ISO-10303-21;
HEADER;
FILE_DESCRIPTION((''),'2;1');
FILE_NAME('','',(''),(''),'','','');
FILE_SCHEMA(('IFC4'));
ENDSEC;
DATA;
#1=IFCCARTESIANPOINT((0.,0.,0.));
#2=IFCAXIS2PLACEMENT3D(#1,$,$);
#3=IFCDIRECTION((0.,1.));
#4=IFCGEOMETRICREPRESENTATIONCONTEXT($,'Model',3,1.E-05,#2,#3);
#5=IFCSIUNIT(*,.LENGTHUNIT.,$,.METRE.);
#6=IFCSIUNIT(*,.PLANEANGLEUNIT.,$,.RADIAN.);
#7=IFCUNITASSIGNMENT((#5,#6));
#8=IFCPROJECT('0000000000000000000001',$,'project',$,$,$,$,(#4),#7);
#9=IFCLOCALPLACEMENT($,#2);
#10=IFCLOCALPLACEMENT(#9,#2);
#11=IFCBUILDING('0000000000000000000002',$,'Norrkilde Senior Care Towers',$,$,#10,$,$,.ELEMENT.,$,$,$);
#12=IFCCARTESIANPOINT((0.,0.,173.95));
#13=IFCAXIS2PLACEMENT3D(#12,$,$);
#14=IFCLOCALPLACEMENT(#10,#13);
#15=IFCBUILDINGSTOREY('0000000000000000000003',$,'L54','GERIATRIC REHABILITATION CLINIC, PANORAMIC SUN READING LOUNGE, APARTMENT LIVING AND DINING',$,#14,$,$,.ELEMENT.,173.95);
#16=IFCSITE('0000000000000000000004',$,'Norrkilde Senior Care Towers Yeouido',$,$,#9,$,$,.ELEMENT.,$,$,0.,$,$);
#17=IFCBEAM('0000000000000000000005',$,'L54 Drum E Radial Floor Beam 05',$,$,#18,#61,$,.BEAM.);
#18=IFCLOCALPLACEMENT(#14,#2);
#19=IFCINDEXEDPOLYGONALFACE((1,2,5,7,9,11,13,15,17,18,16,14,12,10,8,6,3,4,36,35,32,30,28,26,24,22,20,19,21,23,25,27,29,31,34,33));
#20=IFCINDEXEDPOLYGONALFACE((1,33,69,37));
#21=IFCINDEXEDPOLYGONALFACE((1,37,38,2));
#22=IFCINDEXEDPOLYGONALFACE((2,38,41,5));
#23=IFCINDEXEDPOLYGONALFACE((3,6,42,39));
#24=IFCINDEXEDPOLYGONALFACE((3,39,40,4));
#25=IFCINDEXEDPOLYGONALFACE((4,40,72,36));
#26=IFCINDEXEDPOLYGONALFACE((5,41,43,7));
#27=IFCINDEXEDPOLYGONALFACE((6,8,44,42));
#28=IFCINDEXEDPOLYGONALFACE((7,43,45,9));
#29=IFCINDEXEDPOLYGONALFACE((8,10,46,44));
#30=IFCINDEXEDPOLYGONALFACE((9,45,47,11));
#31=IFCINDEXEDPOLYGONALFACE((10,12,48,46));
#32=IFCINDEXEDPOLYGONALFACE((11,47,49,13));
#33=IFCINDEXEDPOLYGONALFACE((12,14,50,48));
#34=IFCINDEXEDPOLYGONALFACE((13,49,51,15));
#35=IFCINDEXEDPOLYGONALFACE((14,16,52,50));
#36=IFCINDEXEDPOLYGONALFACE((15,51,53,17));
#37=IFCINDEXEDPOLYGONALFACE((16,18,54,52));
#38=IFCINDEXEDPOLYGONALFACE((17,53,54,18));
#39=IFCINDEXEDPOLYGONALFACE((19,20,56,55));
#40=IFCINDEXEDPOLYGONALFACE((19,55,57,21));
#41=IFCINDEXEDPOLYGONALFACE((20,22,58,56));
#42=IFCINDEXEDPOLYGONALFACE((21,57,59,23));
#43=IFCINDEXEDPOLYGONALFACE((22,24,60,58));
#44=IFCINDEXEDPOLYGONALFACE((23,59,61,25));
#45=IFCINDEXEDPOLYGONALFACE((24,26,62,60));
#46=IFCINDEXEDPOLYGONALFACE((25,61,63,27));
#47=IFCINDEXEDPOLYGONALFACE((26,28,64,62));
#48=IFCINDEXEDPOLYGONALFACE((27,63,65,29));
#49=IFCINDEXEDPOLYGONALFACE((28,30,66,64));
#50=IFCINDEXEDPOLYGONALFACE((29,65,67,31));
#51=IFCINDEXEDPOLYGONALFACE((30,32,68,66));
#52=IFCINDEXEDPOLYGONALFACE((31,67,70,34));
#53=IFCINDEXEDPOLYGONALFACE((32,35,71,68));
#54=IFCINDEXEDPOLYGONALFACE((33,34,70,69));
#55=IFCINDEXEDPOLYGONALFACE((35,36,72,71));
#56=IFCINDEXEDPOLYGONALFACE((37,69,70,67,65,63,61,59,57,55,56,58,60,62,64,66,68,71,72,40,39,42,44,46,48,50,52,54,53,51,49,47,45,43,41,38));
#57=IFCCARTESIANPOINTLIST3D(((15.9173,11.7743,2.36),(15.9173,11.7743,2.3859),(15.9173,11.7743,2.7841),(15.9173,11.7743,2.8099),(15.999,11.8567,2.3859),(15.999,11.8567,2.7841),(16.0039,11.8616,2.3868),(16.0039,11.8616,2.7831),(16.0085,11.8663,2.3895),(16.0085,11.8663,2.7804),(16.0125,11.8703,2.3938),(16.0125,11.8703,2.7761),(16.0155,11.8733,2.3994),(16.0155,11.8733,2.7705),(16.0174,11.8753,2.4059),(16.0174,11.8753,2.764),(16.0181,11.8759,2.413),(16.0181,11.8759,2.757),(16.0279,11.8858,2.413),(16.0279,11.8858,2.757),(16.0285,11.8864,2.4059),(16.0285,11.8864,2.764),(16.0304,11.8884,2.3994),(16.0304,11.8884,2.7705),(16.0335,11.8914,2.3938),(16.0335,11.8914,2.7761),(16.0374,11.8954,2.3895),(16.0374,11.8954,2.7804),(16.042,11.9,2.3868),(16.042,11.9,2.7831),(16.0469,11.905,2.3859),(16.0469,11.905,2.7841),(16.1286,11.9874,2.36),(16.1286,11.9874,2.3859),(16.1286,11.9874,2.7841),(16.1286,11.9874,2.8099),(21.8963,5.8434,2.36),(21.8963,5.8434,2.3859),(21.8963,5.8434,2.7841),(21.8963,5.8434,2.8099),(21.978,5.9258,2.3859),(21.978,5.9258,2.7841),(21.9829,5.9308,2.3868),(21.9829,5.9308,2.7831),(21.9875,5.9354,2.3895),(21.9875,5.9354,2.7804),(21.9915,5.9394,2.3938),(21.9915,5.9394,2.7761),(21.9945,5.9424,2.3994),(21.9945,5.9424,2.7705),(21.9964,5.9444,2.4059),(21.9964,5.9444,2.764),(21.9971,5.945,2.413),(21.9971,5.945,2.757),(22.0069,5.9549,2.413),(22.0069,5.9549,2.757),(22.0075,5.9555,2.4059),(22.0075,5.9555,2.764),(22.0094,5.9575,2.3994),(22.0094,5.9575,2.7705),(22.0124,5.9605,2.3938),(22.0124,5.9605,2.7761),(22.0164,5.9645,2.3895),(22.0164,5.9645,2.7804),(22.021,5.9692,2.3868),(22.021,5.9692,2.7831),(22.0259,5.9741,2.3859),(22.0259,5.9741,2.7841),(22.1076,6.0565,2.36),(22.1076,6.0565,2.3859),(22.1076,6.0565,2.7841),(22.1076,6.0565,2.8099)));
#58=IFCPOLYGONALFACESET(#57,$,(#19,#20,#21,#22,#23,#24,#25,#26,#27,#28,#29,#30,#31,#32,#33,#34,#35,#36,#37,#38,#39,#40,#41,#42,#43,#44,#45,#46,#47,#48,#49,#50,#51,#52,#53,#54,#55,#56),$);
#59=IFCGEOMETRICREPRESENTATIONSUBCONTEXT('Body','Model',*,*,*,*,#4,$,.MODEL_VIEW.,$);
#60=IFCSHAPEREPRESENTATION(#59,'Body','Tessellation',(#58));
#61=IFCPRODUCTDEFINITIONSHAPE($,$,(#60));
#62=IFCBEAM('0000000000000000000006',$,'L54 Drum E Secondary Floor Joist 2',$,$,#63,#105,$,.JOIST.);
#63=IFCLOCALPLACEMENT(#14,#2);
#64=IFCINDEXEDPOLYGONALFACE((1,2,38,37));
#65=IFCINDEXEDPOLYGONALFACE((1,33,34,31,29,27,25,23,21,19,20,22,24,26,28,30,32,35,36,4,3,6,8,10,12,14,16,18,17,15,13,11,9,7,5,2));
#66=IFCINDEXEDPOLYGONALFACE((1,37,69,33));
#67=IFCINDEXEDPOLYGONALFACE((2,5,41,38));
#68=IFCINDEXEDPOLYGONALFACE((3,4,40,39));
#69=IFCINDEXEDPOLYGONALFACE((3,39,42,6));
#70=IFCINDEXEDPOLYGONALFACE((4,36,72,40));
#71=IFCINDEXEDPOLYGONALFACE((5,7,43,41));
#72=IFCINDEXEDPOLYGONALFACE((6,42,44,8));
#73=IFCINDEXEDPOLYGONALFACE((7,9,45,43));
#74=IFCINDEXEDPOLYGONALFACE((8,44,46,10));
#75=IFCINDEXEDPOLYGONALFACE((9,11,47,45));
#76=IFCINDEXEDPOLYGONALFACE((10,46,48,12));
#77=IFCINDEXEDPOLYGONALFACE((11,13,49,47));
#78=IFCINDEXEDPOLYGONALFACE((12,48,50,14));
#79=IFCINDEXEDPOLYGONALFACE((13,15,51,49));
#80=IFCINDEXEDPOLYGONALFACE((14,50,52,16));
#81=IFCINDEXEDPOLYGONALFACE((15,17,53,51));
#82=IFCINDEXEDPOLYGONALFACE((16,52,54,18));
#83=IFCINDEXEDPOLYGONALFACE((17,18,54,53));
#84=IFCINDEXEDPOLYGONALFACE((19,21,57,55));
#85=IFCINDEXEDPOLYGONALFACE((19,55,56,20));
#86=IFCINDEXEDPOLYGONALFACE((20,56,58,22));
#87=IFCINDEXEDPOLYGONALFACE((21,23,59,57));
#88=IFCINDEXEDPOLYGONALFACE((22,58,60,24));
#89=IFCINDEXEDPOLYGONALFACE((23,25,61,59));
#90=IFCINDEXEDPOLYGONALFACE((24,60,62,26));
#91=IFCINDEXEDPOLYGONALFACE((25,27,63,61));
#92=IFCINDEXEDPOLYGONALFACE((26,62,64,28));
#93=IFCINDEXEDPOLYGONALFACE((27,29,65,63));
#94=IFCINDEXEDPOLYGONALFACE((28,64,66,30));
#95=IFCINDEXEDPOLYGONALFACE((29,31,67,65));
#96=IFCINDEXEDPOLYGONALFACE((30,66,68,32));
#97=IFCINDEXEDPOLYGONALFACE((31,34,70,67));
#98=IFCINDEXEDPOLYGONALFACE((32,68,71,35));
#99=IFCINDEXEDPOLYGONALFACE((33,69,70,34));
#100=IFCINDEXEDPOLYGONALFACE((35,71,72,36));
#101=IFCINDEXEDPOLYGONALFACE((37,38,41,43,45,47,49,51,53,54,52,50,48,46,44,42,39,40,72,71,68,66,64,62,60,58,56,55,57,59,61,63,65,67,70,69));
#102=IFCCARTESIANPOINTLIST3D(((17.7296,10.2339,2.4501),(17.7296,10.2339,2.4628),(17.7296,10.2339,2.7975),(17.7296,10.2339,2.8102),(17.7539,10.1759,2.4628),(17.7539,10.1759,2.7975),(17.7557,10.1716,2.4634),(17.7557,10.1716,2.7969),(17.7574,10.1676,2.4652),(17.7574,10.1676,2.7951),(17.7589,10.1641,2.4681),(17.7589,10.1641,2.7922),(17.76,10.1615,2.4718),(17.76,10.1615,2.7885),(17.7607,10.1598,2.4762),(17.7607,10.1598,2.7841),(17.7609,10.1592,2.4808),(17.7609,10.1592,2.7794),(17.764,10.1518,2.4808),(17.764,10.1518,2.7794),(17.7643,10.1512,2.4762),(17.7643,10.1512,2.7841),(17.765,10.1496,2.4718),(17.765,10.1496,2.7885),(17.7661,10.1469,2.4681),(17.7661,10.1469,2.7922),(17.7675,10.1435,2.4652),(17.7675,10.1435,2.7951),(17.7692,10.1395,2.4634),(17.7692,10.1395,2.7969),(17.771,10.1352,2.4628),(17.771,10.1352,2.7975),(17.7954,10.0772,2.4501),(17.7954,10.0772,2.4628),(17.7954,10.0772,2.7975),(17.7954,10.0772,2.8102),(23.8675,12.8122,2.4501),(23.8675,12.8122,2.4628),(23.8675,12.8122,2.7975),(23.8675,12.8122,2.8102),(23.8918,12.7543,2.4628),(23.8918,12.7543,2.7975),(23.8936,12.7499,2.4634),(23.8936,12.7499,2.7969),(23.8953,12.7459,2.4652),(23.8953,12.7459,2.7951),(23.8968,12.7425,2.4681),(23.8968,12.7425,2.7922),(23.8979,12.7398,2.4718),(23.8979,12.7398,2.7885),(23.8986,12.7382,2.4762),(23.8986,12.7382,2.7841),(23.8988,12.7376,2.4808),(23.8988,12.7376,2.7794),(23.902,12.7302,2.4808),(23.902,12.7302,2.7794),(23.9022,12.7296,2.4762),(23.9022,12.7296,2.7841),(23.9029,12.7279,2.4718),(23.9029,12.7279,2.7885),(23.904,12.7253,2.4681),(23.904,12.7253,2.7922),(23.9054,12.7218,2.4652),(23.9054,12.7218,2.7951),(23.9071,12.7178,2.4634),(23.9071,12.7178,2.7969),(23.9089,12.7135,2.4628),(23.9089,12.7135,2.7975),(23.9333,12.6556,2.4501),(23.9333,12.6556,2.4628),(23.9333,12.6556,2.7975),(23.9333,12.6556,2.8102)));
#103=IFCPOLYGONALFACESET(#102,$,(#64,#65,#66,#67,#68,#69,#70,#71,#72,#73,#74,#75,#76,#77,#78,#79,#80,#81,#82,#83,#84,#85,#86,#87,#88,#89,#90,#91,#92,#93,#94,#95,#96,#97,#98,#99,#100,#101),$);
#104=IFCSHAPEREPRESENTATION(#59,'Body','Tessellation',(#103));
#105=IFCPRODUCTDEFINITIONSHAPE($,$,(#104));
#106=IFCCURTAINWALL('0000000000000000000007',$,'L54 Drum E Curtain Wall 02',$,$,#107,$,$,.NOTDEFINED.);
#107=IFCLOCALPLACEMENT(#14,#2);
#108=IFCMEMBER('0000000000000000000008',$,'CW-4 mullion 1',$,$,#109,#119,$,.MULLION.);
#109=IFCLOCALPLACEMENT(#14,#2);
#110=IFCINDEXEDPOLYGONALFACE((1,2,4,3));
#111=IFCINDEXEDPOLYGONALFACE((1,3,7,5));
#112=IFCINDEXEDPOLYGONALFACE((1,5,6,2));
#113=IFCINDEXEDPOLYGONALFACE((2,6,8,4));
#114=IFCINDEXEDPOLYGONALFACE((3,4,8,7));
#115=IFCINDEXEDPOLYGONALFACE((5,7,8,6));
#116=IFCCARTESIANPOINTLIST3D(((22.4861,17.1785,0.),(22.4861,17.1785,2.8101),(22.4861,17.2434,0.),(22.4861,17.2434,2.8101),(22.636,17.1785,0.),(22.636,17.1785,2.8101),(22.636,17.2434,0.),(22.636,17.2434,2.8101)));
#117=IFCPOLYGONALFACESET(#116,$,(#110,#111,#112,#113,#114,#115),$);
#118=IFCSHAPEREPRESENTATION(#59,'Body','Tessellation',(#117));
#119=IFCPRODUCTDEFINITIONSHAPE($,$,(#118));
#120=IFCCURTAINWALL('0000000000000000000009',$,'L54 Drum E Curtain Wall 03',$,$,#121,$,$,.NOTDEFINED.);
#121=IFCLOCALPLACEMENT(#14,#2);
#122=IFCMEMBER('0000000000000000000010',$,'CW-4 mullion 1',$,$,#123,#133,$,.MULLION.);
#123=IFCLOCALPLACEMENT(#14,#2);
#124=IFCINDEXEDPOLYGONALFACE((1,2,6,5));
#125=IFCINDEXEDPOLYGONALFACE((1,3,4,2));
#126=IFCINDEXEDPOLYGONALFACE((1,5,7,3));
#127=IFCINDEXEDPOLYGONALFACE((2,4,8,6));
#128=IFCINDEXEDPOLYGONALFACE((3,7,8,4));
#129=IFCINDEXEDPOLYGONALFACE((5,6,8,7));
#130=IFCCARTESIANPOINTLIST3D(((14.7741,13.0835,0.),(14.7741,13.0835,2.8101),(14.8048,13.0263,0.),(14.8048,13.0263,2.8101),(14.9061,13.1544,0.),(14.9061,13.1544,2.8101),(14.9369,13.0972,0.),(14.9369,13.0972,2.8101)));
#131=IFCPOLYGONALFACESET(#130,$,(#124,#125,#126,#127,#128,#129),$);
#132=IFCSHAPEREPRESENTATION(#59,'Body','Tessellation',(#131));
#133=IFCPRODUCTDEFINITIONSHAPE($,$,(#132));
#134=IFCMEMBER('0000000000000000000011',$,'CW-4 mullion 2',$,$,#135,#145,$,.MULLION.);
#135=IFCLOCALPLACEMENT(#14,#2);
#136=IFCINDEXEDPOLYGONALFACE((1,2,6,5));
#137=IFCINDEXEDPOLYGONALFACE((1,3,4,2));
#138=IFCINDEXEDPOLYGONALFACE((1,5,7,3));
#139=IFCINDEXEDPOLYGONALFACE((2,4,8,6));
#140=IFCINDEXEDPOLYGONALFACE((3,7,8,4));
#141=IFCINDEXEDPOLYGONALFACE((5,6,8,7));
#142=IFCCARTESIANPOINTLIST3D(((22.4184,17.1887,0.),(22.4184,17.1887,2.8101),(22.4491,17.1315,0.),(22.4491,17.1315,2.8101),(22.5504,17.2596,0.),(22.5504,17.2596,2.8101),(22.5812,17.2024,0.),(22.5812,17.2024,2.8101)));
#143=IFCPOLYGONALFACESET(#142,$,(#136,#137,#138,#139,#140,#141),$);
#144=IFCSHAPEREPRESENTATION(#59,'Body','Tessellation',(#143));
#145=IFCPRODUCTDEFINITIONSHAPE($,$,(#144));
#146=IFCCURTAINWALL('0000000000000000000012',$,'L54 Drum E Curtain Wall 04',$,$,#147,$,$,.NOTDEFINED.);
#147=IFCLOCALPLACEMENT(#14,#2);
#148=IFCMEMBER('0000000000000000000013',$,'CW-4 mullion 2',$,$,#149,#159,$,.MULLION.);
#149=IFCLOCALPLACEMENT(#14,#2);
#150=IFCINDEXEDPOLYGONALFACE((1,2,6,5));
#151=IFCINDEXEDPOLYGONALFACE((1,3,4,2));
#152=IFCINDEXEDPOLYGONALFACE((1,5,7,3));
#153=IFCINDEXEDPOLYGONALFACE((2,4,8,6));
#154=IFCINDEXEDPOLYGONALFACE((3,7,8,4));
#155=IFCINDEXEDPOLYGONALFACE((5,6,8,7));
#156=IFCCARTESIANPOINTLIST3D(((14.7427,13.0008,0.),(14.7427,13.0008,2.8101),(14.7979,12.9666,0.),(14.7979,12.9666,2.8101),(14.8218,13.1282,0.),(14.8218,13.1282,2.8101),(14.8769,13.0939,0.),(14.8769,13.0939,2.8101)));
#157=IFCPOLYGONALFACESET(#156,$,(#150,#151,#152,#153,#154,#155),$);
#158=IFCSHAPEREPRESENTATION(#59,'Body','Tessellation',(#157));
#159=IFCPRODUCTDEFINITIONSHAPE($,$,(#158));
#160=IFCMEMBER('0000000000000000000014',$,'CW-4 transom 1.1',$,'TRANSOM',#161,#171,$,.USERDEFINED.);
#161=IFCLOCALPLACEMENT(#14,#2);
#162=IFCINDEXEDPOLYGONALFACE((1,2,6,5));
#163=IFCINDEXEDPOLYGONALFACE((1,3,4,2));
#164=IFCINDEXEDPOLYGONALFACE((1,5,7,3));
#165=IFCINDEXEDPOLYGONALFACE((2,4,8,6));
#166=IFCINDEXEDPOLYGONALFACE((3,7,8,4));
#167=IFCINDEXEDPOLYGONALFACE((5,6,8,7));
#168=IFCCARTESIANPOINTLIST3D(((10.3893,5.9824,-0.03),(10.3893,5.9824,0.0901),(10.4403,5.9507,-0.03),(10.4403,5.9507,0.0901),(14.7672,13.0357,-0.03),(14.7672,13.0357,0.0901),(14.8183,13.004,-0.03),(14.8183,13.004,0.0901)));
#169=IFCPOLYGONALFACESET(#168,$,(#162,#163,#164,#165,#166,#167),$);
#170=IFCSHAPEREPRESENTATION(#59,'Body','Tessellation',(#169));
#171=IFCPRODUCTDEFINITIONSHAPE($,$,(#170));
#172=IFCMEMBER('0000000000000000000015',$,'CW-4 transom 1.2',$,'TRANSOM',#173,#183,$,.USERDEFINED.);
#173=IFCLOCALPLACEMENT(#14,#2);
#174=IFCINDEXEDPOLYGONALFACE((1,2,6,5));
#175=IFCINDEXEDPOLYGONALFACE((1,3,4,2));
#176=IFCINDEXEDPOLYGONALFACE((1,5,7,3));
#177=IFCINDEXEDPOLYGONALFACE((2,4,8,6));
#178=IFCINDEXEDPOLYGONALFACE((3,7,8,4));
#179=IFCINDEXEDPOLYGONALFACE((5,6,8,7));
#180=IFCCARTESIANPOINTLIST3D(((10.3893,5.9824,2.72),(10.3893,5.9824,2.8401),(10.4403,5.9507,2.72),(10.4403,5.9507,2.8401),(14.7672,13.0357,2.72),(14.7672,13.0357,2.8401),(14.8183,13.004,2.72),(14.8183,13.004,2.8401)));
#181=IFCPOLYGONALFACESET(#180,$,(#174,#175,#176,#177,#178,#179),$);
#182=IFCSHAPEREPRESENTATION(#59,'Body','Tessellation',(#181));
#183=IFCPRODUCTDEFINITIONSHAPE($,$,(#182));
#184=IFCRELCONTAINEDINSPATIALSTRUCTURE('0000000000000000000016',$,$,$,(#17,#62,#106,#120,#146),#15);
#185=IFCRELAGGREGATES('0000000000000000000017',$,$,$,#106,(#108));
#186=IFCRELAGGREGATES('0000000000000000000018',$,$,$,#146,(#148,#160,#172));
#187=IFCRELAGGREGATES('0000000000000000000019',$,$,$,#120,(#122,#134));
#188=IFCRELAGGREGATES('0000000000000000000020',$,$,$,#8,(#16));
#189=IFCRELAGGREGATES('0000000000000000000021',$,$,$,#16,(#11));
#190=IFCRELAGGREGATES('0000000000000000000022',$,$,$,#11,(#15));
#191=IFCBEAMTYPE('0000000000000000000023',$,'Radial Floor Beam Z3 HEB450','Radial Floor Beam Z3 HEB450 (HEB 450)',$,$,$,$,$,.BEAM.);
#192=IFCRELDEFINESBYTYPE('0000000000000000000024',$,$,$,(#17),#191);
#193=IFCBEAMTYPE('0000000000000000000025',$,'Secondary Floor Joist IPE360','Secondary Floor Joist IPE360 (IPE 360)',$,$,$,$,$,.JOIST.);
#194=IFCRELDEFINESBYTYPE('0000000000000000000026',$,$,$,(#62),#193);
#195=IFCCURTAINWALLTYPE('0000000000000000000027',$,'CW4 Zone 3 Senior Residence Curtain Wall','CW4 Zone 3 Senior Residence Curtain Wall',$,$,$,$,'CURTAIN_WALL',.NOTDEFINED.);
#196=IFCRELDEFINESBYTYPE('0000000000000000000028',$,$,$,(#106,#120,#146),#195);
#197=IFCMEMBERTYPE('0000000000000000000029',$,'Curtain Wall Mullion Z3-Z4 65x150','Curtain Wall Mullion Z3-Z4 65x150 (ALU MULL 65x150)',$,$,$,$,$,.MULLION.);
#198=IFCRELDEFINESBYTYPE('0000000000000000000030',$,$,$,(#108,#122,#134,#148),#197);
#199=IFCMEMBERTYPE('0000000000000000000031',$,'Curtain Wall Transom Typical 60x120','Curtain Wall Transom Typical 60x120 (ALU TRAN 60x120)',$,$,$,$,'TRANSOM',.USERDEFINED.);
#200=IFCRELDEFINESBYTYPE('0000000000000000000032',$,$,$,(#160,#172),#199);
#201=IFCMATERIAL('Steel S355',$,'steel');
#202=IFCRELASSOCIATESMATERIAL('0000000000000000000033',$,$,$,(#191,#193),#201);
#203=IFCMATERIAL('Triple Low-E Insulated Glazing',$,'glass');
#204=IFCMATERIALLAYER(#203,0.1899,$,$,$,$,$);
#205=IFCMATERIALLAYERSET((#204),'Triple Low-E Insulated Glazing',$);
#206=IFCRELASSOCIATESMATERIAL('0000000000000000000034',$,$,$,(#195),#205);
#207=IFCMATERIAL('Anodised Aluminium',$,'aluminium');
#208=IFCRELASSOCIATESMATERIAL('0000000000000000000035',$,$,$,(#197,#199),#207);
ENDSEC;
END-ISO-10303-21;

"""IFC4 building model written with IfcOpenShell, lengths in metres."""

from ifc_helpers import new_model, si_unit, direction, frame, origin, origin_2d, place, context, subcontext, project, spatial, rectangle, i_section, extrude, source, transform, mapped, material, layer, layer_set, material_profile, profile_set, type_object, type_shapes, element, aggregate, save


model = new_model("IFC4")

# Units and contexts
model_context = context("Model", 3, precision=1e-05, world=origin(), true_north=direction((0.0, 1.0)))
body_context = subcontext(model_context, "Body", "Model", "MODEL_VIEW")
ifc_project = project(units=[si_unit("LENGTHUNIT", "METRE"), si_unit("PLANEANGLEUNIT", "RADIAN")], contexts=[model_context])

# Site, building, storey
site_placement = place(None, origin())
site = spatial("IfcSite", under=ifc_project, at=site_placement, Name="Norrkilde Senior Care Towers Yeouido", CompositionType="ELEMENT", RefElevation=0.0)
building_placement = place(site_placement, origin())
building = spatial("IfcBuilding", under=site, at=building_placement, Name="Norrkilde Senior Care Towers", CompositionType="ELEMENT")
storey_placement = place(building_placement, frame((0.0, 0.0, 173.95)))
storey = spatial("IfcBuildingStorey", under=building, at=storey_placement, Name="L54", Description="GERIATRIC REHABILITATION CLINIC, PANORAMIC SUN READING LOUNGE, APARTMENT LIVING AND DINING", CompositionType="ELEMENT", Elevation=173.95)

# Beams
ifc_material_1 = material(Name="Steel S355", Category="steel")
ifc_material_profile_1 = material_profile(ifc_material_1, i_section(OverallWidth=0.3, OverallDepth=0.45, WebThickness=0.0139, FlangeThickness=0.0259, FilletRadius=0.0271, at=origin_2d()), Name="HEB 450")
ifc_profile_set_1 = profile_set([ifc_material_profile_1], Name="Steel S355")
beam_type_1 = type_object("IfcBeamType", Name="Radial Floor Beam Z3 HEB450", Description="Radial Floor Beam Z3 HEB450 (HEB 450)", PredefinedType="BEAM", material=ifc_profile_set_1)
shared_shape_1 = source(origin(), body_context, "Body", "SweptSolid", [
    extrude(i_section(OverallWidth=0.3, OverallDepth=0.45, WebThickness=0.0139, FlangeThickness=0.0259, FilletRadius=0.0271, at=origin_2d()), origin(), (0.0, 0.0, 1.0), 8.4216),
])
type_shapes(beam_type_1, [shared_shape_1])
beam_1_placement = place(storey_placement, frame((22.002, 5.95, 2.585), z_axis=(-0.709956, 0.704246, 0.0), x_axis=(-0.704246, -0.709956, 0.0)))
element("IfcBeam", 1, at=beam_1_placement, inside=storey, type_object=beam_type_1, Name="L54 Drum E Radial Floor Beam 05", PredefinedType="BEAM", context=body_context, shape_type="MappedRepresentation", body=[
    mapped(shared_shape_1, transform((0.0, 0.0, 0.0), x_axis=(1.0, 0.0, 0.0), y_axis=(0.0, 1.0, 0.0), z_axis=(0.0, 0.0, 1.0), scale=1.0)),
])
ifc_material_profile_2 = material_profile(ifc_material_1, i_section(OverallWidth=0.1699, OverallDepth=0.3601, WebThickness=0.0081, FlangeThickness=0.0127, FilletRadius=0.0181, at=origin_2d()), Name="IPE 360")
ifc_profile_set_2 = profile_set([ifc_material_profile_2], Name="Steel S355")
beam_type_2 = type_object("IfcBeamType", Name="Secondary Floor Joist IPE360", Description="Secondary Floor Joist IPE360 (IPE 360)", PredefinedType="JOIST", material=ifc_profile_set_2)
shared_shape_2 = source(origin(), body_context, "Body", "SweptSolid", [
    extrude(i_section(OverallWidth=0.1699, OverallDepth=0.3601, WebThickness=0.0081, FlangeThickness=0.0127, FilletRadius=0.0181, at=origin_2d()), origin(), (0.0, 0.0, 1.0), 6.6575),
])
type_shapes(beam_type_2, [shared_shape_2])
beam_2_placement = place(storey_placement, frame((23.9004, 12.7339, 2.6301), z_axis=(-0.921959, -0.387288, 0.0), x_axis=(0.387288, -0.921959, 0.0)))
element("IfcBeam", 2, at=beam_2_placement, inside=storey, type_object=beam_type_2, Name="L54 Drum E Secondary Floor Joist 2", PredefinedType="JOIST", context=body_context, shape_type="MappedRepresentation", body=[
    mapped(shared_shape_2, transform((0.0, 0.0, 0.0), x_axis=(1.0, 0.0, 0.0), y_axis=(0.0, 1.0, 0.0), z_axis=(0.0, 0.0, 1.0), scale=1.0)),
])

# Curtain wall, member
ifc_material_2 = material(Name="Triple Low-E Insulated Glazing", Category="glass")
ifc_layer_1 = layer(ifc_material_2, 0.1899)
ifc_layer_set_1 = layer_set([ifc_layer_1], Name="Triple Low-E Insulated Glazing")
curtain_wall_type = type_object("IfcCurtainWallType", Name="CW4 Zone 3 Senior Residence Curtain Wall", Description="CW4 Zone 3 Senior Residence Curtain Wall", ElementType="CURTAIN_WALL", PredefinedType="NOTDEFINED", material=ifc_layer_set_1)
curtain_wall_1_placement = place(storey_placement, origin())
curtain_wall_1 = element("IfcCurtainWall", 3, at=curtain_wall_1_placement, inside=storey, type_object=curtain_wall_type, Name="L54 Drum E Curtain Wall 02", PredefinedType="NOTDEFINED")
ifc_material_3 = material(Name="Anodised Aluminium", Category="aluminium")
ifc_material_profile_3 = material_profile(ifc_material_3, rectangle(XDim=0.0649, YDim=0.1499, at=origin_2d()), Name="ALU MULL 65x150")
ifc_profile_set_3 = profile_set([ifc_material_profile_3], Name="Anodised Aluminium")
member_type_1 = type_object("IfcMemberType", Name="Curtain Wall Mullion Z3-Z4 65x150", Description="Curtain Wall Mullion Z3-Z4 65x150 (ALU MULL 65x150)", PredefinedType="MULLION", material=ifc_profile_set_3)
shared_shape_3 = source(origin(), body_context, "Body", "SweptSolid", [
    extrude(rectangle(XDim=0.0649, YDim=0.1499, at=origin_2d()), origin(), (0.0, 0.0, 1.0), 2.8101),
])
type_shapes(member_type_1, [shared_shape_3])
member_1_placement = place(storey_placement, frame((22.561, 17.2109, 0.0), z_axis=(0.0, 0.0, 1.0), x_axis=(0.0, 1.0, 0.0)))
member_1 = element("IfcMember", 4, at=member_1_placement, type_object=member_type_1, Name="CW-4 mullion 1", PredefinedType="MULLION", context=body_context, shape_type="MappedRepresentation", body=[
    mapped(shared_shape_3, transform((0.0, 0.0, 0.0), x_axis=(1.0, 0.0, 0.0), y_axis=(0.0, 1.0, 0.0), z_axis=(0.0, 0.0, 1.0), scale=1.0)),
])

# Curtain walls, members
curtain_wall_2_placement = place(storey_placement, origin())
curtain_wall_2 = element("IfcCurtainWall", 5, at=curtain_wall_2_placement, inside=storey, type_object=curtain_wall_type, Name="L54 Drum E Curtain Wall 03", PredefinedType="NOTDEFINED")
member_2_placement = place(storey_placement, frame((14.8555, 13.0903, 0.0), z_axis=(0.0, 0.0, 1.0), x_axis=(-0.473117, 0.881, 0.0)))
member_2 = element("IfcMember", 6, at=member_2_placement, type_object=member_type_1, Name="CW-4 mullion 1", PredefinedType="MULLION", context=body_context, shape_type="MappedRepresentation", body=[
    mapped(shared_shape_3, transform((0.0, 0.0, 0.0), x_axis=(1.0, 0.0, 0.0), y_axis=(0.0, 1.0, 0.0), z_axis=(0.0, 0.0, 1.0), scale=1.0)),
])
member_3_placement = place(storey_placement, frame((22.4998, 17.1956, 0.0), z_axis=(0.0, 0.0, 1.0), x_axis=(-0.473117, 0.881, 0.0)))
member_3 = element("IfcMember", 7, at=member_3_placement, type_object=member_type_1, Name="CW-4 mullion 2", PredefinedType="MULLION", context=body_context, shape_type="MappedRepresentation", body=[
    mapped(shared_shape_3, transform((0.0, 0.0, 0.0), x_axis=(1.0, 0.0, 0.0), y_axis=(0.0, 1.0, 0.0), z_axis=(0.0, 0.0, 1.0), scale=1.0)),
])
curtain_wall_3_placement = place(storey_placement, origin())
curtain_wall_3 = element("IfcCurtainWall", 8, at=curtain_wall_3_placement, inside=storey, type_object=curtain_wall_type, Name="L54 Drum E Curtain Wall 04", PredefinedType="NOTDEFINED")
member_4_placement = place(storey_placement, frame((14.8098, 13.0474, 0.0), z_axis=(0.0, 0.0, 1.0), x_axis=(-0.849634, 0.527373, 0.0)))
member_4 = element("IfcMember", 9, at=member_4_placement, type_object=member_type_1, Name="CW-4 mullion 2", PredefinedType="MULLION", context=body_context, shape_type="MappedRepresentation", body=[
    mapped(shared_shape_3, transform((0.0, 0.0, 0.0), x_axis=(1.0, 0.0, 0.0), y_axis=(0.0, 1.0, 0.0), z_axis=(0.0, 0.0, 1.0), scale=1.0)),
])
ifc_material_profile_4 = material_profile(ifc_material_3, rectangle(XDim=0.0601, YDim=0.1201, at=origin_2d()), Name="ALU TRAN 60x120")
ifc_profile_set_4 = profile_set([ifc_material_profile_4], Name="Anodised Aluminium")
member_type_2 = type_object("IfcMemberType", Name="Curtain Wall Transom Typical 60x120", Description="Curtain Wall Transom Typical 60x120 (ALU TRAN 60x120)", ElementType="TRANSOM", PredefinedType="USERDEFINED", material=ifc_profile_set_4)
shared_shape_4 = source(origin(), body_context, "Body", "SweptSolid", [
    extrude(rectangle(XDim=0.0601, YDim=0.1201, at=origin_2d()), origin(), (0.0, 0.0, 1.0), 8.3015),
])
member_5_placement = place(storey_placement, frame((10.4148, 5.9666, 0.03), z_axis=(0.527369, 0.849637, 0.0), x_axis=(-0.849637, 0.527369, 0.0)))
member_5 = element("IfcMember", 10, at=member_5_placement, type_object=member_type_2, Name="CW-4 transom 1.1", ObjectType="TRANSOM", PredefinedType="USERDEFINED", context=body_context, shape_type="MappedRepresentation", body=[
    mapped(shared_shape_4, transform((0.0, 0.0, 0.0), x_axis=(1.0, 0.0, 0.0), y_axis=(0.0, 1.0, 0.0), z_axis=(0.0, 0.0, 1.0), scale=1.0)),
])
member_6_placement = place(storey_placement, frame((10.4148, 5.9666, 2.78), z_axis=(0.527369, 0.849637, 0.0), x_axis=(-0.849637, 0.527369, 0.0)))
member_6 = element("IfcMember", 11, at=member_6_placement, type_object=member_type_2, Name="CW-4 transom 1.2", ObjectType="TRANSOM", PredefinedType="USERDEFINED", context=body_context, shape_type="MappedRepresentation", body=[
    mapped(shared_shape_4, transform((0.0, 0.0, 0.0), x_axis=(1.0, 0.0, 0.0), y_axis=(0.0, 1.0, 0.0), z_axis=(0.0, 0.0, 1.0), scale=1.0)),
])

aggregate(curtain_wall_1, [member_1])

aggregate(curtain_wall_3, [member_4, member_5, member_6])
aggregate(curtain_wall_2, [member_2, member_3])

save(model, "model.ifc")
